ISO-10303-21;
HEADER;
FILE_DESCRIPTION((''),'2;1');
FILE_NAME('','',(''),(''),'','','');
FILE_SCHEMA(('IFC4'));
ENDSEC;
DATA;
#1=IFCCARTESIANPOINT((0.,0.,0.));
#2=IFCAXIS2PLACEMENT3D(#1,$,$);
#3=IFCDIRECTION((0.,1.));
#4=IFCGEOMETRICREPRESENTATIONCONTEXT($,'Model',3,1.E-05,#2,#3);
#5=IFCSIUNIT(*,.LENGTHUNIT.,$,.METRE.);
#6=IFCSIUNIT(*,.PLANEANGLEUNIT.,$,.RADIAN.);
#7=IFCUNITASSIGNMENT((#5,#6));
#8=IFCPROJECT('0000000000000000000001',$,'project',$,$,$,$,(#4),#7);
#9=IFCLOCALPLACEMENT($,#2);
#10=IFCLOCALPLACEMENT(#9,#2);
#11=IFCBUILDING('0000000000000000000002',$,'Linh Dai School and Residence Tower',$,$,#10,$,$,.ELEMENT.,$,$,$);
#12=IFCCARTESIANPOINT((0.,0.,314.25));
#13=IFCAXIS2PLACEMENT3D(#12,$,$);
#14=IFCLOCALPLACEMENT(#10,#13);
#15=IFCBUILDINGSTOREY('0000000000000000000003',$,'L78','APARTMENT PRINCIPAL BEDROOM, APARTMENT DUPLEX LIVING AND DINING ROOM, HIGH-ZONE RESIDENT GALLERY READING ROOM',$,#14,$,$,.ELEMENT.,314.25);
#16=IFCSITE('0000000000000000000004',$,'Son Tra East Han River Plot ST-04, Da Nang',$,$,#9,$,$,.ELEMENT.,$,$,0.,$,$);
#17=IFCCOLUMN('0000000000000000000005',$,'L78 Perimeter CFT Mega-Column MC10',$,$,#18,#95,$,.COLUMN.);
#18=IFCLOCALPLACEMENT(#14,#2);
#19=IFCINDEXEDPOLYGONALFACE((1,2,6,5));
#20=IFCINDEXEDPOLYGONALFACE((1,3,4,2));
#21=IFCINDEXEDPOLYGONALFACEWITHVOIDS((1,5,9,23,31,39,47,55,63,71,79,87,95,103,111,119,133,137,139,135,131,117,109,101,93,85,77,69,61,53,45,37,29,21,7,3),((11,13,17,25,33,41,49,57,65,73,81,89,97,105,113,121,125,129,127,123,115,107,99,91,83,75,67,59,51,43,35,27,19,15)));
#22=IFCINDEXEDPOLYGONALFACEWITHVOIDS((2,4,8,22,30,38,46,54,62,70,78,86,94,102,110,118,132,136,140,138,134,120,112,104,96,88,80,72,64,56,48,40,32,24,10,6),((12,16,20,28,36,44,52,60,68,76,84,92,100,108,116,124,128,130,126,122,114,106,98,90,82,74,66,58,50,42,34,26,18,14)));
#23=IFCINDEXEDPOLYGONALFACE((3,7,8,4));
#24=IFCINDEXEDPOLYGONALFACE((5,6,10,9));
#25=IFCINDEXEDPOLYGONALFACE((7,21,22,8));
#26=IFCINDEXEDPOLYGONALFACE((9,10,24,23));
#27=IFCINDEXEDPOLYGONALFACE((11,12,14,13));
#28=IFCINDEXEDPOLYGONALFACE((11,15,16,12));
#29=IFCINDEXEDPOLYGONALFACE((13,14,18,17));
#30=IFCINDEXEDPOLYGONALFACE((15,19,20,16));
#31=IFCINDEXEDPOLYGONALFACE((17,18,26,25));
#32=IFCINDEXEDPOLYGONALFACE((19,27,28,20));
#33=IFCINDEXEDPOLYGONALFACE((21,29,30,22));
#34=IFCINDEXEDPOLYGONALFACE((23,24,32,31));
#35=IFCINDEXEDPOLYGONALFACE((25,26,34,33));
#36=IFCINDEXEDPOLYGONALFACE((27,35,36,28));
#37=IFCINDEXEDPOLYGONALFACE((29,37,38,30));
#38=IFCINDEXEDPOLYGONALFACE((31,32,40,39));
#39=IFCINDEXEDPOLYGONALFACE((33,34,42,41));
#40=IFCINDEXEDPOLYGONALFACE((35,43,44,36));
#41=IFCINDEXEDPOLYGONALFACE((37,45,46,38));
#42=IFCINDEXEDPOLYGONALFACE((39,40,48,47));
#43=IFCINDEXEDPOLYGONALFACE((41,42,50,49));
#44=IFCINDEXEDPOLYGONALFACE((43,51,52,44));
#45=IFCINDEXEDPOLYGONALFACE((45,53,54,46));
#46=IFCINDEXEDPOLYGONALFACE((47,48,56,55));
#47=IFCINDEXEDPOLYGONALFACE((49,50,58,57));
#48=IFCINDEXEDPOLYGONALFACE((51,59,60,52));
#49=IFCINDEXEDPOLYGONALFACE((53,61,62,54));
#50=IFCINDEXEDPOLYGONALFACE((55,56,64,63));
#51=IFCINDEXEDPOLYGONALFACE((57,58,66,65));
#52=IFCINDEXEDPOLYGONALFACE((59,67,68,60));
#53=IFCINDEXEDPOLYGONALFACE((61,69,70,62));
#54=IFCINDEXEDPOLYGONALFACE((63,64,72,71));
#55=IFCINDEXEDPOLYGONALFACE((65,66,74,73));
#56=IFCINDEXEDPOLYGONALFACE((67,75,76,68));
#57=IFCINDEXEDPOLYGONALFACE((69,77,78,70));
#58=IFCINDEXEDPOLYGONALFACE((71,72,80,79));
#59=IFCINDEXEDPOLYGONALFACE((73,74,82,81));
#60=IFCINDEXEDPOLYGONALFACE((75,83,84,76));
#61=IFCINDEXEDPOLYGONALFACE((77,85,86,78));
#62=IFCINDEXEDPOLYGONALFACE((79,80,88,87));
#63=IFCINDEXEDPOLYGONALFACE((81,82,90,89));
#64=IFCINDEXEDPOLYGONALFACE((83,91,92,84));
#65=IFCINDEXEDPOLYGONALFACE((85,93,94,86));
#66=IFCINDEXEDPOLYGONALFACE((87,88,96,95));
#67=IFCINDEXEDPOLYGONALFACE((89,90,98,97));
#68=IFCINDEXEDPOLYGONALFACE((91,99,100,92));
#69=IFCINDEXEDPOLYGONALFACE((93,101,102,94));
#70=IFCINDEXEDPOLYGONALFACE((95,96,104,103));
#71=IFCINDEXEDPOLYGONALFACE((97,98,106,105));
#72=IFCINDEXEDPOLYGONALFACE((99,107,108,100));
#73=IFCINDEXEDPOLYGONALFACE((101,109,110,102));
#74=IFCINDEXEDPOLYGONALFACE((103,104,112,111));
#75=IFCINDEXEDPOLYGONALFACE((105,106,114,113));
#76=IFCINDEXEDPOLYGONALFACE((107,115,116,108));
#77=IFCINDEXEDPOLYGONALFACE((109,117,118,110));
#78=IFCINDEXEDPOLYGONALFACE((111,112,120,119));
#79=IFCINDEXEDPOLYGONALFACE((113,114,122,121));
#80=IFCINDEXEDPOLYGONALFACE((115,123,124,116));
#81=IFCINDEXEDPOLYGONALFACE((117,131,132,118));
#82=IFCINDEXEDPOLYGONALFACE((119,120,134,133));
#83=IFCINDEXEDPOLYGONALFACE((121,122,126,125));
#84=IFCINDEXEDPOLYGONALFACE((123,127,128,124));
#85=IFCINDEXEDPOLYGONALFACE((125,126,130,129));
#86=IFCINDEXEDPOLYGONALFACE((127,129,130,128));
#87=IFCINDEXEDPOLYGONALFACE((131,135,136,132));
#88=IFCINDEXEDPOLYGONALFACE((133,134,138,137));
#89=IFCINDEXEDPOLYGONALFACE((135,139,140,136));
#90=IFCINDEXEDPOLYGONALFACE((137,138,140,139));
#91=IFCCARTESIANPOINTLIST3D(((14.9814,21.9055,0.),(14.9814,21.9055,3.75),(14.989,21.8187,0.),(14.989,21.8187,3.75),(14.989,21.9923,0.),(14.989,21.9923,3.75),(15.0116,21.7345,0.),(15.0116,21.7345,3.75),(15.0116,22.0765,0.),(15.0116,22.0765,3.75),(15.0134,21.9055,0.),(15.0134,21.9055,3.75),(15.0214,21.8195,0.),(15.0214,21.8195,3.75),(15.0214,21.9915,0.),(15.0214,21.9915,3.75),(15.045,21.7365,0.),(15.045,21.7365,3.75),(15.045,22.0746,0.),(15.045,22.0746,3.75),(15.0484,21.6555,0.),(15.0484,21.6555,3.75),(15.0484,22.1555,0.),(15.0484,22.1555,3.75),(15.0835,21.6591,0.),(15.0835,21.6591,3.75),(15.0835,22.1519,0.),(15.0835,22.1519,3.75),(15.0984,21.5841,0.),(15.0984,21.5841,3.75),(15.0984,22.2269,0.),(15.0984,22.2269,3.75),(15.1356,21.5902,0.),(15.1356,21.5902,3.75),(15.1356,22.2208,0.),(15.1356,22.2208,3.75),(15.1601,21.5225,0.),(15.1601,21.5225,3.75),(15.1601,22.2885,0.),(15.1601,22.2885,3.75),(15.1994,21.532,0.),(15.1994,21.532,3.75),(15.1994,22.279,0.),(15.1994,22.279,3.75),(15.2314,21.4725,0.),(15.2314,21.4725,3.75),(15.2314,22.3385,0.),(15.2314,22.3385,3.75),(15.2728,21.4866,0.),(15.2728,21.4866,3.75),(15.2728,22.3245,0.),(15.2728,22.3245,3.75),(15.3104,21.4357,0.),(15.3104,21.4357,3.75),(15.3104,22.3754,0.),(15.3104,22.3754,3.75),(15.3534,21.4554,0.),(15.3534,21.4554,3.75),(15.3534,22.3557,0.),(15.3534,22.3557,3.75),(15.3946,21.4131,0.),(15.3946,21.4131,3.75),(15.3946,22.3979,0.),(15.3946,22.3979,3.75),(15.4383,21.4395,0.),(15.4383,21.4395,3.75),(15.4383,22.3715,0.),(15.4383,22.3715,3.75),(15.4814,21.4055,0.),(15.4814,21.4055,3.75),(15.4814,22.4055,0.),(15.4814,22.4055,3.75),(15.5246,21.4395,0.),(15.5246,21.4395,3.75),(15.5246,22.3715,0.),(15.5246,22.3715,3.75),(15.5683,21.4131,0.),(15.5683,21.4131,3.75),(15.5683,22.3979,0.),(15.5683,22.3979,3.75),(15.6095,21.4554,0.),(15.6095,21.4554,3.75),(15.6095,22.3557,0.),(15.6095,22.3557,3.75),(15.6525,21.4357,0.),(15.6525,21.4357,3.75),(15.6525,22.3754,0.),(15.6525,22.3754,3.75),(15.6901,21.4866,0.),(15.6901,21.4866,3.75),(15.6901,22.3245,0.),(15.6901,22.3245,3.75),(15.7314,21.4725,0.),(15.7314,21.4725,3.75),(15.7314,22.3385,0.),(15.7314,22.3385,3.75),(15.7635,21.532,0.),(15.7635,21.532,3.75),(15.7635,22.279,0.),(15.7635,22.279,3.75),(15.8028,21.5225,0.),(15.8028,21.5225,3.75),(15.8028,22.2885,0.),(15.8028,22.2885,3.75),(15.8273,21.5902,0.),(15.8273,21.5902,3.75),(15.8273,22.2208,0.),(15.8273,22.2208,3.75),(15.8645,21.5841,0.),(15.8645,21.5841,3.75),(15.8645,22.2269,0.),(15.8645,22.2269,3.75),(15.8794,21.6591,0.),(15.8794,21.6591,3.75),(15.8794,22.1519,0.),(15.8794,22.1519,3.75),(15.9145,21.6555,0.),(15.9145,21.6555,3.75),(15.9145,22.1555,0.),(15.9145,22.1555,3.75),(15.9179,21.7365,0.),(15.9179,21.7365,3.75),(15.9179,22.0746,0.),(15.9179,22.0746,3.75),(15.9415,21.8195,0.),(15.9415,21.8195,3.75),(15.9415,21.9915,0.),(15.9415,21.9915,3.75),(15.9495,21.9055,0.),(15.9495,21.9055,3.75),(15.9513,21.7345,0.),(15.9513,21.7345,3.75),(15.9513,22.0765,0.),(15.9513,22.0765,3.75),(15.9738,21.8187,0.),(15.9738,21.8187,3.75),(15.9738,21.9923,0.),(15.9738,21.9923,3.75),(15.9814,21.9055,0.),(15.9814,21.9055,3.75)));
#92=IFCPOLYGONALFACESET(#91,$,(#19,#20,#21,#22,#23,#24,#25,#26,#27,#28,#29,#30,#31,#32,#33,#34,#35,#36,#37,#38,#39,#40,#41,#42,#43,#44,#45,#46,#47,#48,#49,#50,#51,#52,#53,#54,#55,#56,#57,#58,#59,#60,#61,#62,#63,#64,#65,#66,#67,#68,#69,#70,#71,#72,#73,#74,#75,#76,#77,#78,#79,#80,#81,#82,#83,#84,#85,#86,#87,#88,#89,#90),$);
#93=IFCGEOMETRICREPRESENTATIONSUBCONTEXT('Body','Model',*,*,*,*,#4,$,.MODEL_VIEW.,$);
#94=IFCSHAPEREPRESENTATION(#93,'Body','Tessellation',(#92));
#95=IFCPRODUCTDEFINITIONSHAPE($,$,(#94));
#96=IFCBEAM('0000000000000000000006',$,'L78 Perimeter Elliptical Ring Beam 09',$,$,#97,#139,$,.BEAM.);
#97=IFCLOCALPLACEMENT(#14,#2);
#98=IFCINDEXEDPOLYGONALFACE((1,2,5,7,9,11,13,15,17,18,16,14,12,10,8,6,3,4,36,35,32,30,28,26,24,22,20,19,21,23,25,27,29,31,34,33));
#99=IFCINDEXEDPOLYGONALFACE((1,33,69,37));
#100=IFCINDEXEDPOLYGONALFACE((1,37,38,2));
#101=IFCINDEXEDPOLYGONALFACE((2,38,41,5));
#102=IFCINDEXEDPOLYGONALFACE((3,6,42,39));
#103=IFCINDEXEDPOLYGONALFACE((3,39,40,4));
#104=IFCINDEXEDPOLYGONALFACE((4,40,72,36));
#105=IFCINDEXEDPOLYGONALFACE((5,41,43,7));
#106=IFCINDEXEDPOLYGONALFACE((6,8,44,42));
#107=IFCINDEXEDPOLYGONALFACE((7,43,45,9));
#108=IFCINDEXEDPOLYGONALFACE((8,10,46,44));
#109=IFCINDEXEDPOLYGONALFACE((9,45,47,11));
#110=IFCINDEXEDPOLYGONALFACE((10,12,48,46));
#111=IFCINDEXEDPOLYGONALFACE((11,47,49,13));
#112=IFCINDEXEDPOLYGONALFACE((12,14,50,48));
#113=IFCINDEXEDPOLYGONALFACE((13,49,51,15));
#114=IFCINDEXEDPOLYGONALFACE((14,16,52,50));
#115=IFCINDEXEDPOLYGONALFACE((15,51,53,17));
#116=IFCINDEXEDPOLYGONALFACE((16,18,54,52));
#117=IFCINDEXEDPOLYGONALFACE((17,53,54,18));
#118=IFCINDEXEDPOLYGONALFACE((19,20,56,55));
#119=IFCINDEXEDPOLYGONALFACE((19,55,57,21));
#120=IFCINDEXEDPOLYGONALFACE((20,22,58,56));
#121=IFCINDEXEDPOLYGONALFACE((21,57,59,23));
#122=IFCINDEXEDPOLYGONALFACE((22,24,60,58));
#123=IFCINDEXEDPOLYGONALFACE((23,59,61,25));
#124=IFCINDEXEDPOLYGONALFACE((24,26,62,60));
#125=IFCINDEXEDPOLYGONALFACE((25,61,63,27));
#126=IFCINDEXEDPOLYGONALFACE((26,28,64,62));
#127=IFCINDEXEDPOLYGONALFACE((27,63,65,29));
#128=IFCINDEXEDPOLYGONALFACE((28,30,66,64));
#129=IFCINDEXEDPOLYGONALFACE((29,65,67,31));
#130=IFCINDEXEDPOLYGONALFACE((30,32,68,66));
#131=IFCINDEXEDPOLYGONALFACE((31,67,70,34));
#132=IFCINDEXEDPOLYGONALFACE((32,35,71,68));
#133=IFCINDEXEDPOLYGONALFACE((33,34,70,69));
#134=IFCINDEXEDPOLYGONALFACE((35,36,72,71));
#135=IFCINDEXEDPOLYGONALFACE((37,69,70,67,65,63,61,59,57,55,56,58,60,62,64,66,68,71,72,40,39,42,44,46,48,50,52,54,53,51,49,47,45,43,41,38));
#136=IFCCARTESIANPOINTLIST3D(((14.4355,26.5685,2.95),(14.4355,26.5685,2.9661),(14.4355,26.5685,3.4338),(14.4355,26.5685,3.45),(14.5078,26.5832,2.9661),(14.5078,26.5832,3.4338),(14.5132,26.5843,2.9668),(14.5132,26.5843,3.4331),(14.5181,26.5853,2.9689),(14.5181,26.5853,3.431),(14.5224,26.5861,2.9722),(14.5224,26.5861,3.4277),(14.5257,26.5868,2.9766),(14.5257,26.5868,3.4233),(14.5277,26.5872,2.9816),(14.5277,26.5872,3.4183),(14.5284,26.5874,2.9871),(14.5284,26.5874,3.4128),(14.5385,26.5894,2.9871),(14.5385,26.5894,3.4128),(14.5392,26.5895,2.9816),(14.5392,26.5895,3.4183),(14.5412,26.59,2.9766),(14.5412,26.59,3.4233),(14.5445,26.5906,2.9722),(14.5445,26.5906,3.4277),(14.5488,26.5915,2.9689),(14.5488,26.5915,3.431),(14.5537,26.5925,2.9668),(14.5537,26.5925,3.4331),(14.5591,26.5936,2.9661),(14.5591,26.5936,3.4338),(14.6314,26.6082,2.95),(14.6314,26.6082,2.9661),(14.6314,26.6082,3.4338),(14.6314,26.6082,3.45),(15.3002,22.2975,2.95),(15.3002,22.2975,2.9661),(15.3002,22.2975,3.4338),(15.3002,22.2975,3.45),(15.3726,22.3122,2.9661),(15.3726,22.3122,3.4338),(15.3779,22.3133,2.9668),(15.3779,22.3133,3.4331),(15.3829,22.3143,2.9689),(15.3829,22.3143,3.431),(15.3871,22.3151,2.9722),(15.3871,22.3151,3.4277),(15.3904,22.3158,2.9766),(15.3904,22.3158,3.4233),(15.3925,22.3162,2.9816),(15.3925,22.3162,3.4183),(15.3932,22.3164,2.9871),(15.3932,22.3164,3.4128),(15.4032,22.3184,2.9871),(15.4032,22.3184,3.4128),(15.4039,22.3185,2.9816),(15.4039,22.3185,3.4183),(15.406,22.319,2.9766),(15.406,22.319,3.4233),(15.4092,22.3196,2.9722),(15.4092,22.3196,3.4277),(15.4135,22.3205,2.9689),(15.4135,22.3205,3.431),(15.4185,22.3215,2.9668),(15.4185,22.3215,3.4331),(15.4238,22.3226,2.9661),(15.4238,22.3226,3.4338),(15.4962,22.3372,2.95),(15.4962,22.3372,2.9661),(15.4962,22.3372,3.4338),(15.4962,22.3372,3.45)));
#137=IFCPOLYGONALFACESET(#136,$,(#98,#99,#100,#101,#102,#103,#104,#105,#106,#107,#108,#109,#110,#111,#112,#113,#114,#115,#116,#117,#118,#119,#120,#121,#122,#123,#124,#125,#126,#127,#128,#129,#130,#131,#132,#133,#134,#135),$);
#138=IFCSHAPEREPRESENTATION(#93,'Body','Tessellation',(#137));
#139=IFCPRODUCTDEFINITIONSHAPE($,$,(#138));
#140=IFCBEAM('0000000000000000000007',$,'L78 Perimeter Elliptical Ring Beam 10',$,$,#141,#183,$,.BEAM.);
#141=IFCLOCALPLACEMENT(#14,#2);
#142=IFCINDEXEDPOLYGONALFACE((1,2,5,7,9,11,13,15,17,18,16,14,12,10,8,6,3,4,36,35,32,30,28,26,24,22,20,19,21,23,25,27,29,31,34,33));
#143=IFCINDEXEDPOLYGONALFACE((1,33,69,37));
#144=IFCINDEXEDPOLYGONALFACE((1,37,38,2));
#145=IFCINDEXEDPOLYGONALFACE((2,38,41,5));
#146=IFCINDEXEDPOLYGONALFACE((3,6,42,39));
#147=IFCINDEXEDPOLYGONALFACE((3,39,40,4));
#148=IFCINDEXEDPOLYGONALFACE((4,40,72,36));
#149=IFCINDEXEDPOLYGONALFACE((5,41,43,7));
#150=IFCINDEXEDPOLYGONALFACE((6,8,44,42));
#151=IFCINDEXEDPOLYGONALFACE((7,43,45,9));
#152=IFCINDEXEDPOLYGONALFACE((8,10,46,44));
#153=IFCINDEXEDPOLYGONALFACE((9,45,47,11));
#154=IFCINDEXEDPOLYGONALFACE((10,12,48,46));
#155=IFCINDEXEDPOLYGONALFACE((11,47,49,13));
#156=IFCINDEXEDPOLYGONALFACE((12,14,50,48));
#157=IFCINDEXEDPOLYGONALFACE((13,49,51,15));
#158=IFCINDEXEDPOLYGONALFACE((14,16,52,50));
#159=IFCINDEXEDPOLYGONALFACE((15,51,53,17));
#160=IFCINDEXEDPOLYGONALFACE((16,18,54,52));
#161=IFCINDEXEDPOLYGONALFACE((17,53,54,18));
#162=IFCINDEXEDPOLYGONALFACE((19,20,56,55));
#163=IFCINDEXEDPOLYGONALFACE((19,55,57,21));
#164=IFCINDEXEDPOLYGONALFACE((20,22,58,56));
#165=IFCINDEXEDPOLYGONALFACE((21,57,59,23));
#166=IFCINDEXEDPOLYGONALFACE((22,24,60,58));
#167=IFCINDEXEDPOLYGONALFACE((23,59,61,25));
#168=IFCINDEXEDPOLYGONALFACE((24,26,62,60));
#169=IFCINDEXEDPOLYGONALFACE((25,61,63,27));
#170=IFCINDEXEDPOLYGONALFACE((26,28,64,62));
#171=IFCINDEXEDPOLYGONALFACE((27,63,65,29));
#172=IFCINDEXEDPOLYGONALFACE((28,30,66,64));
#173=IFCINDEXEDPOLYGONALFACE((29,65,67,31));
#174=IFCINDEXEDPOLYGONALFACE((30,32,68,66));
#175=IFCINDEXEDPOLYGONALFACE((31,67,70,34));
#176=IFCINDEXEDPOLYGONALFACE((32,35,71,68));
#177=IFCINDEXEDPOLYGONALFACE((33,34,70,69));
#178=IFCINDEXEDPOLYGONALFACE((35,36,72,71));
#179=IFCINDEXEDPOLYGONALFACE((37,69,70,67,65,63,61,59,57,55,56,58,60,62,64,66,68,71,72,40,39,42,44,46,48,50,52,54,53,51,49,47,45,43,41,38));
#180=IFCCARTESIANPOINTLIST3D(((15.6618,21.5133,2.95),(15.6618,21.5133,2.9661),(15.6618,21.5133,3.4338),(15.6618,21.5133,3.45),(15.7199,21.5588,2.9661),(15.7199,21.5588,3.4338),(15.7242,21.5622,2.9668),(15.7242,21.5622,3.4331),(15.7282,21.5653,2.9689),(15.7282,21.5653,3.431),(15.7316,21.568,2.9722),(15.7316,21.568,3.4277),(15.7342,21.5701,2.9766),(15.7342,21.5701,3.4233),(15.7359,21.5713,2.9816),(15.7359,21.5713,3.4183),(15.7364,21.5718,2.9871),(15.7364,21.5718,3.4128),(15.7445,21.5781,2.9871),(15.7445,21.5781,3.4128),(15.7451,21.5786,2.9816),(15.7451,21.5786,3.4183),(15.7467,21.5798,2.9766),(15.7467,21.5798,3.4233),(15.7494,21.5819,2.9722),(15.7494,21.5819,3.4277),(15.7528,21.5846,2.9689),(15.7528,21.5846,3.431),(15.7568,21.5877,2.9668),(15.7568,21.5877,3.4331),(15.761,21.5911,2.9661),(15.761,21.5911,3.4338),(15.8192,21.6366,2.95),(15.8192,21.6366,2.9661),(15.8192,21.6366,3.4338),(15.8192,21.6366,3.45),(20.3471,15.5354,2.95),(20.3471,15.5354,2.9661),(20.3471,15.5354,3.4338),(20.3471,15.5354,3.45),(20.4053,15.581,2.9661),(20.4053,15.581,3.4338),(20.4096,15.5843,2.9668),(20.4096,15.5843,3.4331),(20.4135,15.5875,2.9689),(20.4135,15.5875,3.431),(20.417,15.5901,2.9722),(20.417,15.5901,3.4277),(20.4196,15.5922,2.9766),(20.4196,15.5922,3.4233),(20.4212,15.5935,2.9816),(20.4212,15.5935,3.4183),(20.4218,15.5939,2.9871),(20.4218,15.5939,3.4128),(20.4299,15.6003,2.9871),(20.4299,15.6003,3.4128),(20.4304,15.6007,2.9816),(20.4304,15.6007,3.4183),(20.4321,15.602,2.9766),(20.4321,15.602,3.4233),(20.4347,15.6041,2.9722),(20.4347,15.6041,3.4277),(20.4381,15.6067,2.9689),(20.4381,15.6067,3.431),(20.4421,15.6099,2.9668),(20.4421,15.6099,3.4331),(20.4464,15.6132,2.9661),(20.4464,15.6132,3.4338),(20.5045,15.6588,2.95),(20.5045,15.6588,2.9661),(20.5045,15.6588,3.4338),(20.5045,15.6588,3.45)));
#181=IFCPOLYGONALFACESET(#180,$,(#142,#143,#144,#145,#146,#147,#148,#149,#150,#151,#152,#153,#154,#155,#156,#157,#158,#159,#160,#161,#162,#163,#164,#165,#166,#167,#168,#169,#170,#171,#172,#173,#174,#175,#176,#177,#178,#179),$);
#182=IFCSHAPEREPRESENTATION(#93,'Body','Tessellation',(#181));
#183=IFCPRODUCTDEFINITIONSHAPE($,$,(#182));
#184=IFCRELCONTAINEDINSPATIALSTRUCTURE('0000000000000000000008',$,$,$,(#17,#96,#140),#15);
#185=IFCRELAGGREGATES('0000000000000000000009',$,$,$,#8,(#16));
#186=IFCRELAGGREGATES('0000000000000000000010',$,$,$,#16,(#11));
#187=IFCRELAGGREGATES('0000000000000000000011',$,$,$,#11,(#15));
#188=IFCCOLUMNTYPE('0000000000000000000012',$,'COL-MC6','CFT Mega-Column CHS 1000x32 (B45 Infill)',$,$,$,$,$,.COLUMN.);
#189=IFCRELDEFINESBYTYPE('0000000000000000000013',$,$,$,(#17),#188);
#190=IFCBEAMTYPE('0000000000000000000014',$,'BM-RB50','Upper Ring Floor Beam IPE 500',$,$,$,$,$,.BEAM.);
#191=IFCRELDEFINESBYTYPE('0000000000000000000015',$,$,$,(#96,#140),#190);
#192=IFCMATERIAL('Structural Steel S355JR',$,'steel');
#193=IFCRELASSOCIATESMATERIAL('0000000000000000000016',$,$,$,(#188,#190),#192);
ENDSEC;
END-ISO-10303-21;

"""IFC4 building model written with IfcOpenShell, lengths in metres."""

from ifc_helpers import new_model, si_unit, direction, frame, origin, origin_2d, place, context, subcontext, project, spatial, hollow_circle, i_section, extrude, material, material_profile, profile_set, type_object, element, save


model = new_model("IFC4")

# Units and contexts
model_context = context("Model", 3, precision=1e-05, world=origin(), true_north=direction((0.0, 1.0)))
body_context = subcontext(model_context, "Body", "Model", "MODEL_VIEW")
ifc_project = project(units=[si_unit("LENGTHUNIT", "METRE"), si_unit("PLANEANGLEUNIT", "RADIAN")], contexts=[model_context])

# Site, building, storey
site_placement = place(None, origin())
site = spatial("IfcSite", under=ifc_project, at=site_placement, Name="Son Tra East Han River Plot ST-04, Da Nang", CompositionType="ELEMENT", RefElevation=0.0)
building_placement = place(site_placement, origin())
building = spatial("IfcBuilding", under=site, at=building_placement, Name="Linh Dai School and Residence Tower", CompositionType="ELEMENT")
storey_placement = place(building_placement, frame((0.0, 0.0, 314.25)))
storey = spatial("IfcBuildingStorey", under=building, at=storey_placement, Name="L78", Description="APARTMENT PRINCIPAL BEDROOM, APARTMENT DUPLEX LIVING AND DINING ROOM, HIGH-ZONE RESIDENT GALLERY READING ROOM", CompositionType="ELEMENT", Elevation=314.25)

# Column
ifc_material_1 = material(Name="Structural Steel S355JR", Category="steel")
ifc_material_profile_1 = material_profile(ifc_material_1, hollow_circle(Radius=0.5, WallThickness=0.032, at=origin_2d()), Name="CHS 1000x32")
ifc_profile_set_1 = profile_set([ifc_material_profile_1], Name="Structural Steel S355JR")
column_type = type_object("IfcColumnType", Name="COL-MC6", Description="CFT Mega-Column CHS 1000x32 (B45 Infill)", PredefinedType="COLUMN", material=ifc_profile_set_1)
column_placement = place(storey_placement, frame((15.4814, 21.9055, 0.0), z_axis=(0.0, 0.0, 1.0), x_axis=(1.0, 0.0, 0.0)))
element("IfcColumn", 1, at=column_placement, inside=storey, type_object=column_type, Name="L78 Perimeter CFT Mega-Column MC10", PredefinedType="COLUMN", context=body_context, shape_type="SweptSolid", body=[
    extrude(hollow_circle(Radius=0.5, WallThickness=0.032, at=origin_2d()), origin(), (0.0, 0.0, 1.0), 3.75),
])

# Beams
ifc_material_profile_2 = material_profile(ifc_material_1, i_section(OverallWidth=0.2, OverallDepth=0.5, WebThickness=0.0103, FlangeThickness=0.0161, FilletRadius=0.021, at=origin_2d()), Name="IPE 500")
ifc_profile_set_2 = profile_set([ifc_material_profile_2], Name="Structural Steel S355JR")
beam_type = type_object("IfcBeamType", Name="BM-RB50", Description="Upper Ring Floor Beam IPE 500", PredefinedType="BEAM", material=ifc_profile_set_2)
beam_1_placement = place(storey_placement, frame((14.5334, 26.5884, 3.2), z_axis=(0.198443, -0.980112, 0.0), x_axis=(0.980112, 0.198443, 0.0)))
element("IfcBeam", 2, at=beam_1_placement, inside=storey, type_object=beam_type, Name="L78 Perimeter Elliptical Ring Beam 09", PredefinedType="BEAM", context=body_context, shape_type="SweptSolid", body=[
    extrude(i_section(OverallWidth=0.2, OverallDepth=0.5, WebThickness=0.0103, FlangeThickness=0.0161, FilletRadius=0.021, at=origin_2d()), origin(), (0.0, 0.0, 1.0), 4.3577),
])
beam_2_placement = place(storey_placement, frame((15.7405, 21.575, 3.2), z_axis=(0.616883, -0.787055, 0.0), x_axis=(0.787055, 0.616883, 0.0)))
element("IfcBeam", 3, at=beam_2_placement, inside=storey, type_object=beam_type, Name="L78 Perimeter Elliptical Ring Beam 10", PredefinedType="BEAM", context=body_context, shape_type="SweptSolid", body=[
    extrude(i_section(OverallWidth=0.2, OverallDepth=0.5, WebThickness=0.0103, FlangeThickness=0.0161, FilletRadius=0.021, at=origin_2d()), origin(), (0.0, 0.0, 1.0), 7.5952),
])

save(model, "model.ifc")
